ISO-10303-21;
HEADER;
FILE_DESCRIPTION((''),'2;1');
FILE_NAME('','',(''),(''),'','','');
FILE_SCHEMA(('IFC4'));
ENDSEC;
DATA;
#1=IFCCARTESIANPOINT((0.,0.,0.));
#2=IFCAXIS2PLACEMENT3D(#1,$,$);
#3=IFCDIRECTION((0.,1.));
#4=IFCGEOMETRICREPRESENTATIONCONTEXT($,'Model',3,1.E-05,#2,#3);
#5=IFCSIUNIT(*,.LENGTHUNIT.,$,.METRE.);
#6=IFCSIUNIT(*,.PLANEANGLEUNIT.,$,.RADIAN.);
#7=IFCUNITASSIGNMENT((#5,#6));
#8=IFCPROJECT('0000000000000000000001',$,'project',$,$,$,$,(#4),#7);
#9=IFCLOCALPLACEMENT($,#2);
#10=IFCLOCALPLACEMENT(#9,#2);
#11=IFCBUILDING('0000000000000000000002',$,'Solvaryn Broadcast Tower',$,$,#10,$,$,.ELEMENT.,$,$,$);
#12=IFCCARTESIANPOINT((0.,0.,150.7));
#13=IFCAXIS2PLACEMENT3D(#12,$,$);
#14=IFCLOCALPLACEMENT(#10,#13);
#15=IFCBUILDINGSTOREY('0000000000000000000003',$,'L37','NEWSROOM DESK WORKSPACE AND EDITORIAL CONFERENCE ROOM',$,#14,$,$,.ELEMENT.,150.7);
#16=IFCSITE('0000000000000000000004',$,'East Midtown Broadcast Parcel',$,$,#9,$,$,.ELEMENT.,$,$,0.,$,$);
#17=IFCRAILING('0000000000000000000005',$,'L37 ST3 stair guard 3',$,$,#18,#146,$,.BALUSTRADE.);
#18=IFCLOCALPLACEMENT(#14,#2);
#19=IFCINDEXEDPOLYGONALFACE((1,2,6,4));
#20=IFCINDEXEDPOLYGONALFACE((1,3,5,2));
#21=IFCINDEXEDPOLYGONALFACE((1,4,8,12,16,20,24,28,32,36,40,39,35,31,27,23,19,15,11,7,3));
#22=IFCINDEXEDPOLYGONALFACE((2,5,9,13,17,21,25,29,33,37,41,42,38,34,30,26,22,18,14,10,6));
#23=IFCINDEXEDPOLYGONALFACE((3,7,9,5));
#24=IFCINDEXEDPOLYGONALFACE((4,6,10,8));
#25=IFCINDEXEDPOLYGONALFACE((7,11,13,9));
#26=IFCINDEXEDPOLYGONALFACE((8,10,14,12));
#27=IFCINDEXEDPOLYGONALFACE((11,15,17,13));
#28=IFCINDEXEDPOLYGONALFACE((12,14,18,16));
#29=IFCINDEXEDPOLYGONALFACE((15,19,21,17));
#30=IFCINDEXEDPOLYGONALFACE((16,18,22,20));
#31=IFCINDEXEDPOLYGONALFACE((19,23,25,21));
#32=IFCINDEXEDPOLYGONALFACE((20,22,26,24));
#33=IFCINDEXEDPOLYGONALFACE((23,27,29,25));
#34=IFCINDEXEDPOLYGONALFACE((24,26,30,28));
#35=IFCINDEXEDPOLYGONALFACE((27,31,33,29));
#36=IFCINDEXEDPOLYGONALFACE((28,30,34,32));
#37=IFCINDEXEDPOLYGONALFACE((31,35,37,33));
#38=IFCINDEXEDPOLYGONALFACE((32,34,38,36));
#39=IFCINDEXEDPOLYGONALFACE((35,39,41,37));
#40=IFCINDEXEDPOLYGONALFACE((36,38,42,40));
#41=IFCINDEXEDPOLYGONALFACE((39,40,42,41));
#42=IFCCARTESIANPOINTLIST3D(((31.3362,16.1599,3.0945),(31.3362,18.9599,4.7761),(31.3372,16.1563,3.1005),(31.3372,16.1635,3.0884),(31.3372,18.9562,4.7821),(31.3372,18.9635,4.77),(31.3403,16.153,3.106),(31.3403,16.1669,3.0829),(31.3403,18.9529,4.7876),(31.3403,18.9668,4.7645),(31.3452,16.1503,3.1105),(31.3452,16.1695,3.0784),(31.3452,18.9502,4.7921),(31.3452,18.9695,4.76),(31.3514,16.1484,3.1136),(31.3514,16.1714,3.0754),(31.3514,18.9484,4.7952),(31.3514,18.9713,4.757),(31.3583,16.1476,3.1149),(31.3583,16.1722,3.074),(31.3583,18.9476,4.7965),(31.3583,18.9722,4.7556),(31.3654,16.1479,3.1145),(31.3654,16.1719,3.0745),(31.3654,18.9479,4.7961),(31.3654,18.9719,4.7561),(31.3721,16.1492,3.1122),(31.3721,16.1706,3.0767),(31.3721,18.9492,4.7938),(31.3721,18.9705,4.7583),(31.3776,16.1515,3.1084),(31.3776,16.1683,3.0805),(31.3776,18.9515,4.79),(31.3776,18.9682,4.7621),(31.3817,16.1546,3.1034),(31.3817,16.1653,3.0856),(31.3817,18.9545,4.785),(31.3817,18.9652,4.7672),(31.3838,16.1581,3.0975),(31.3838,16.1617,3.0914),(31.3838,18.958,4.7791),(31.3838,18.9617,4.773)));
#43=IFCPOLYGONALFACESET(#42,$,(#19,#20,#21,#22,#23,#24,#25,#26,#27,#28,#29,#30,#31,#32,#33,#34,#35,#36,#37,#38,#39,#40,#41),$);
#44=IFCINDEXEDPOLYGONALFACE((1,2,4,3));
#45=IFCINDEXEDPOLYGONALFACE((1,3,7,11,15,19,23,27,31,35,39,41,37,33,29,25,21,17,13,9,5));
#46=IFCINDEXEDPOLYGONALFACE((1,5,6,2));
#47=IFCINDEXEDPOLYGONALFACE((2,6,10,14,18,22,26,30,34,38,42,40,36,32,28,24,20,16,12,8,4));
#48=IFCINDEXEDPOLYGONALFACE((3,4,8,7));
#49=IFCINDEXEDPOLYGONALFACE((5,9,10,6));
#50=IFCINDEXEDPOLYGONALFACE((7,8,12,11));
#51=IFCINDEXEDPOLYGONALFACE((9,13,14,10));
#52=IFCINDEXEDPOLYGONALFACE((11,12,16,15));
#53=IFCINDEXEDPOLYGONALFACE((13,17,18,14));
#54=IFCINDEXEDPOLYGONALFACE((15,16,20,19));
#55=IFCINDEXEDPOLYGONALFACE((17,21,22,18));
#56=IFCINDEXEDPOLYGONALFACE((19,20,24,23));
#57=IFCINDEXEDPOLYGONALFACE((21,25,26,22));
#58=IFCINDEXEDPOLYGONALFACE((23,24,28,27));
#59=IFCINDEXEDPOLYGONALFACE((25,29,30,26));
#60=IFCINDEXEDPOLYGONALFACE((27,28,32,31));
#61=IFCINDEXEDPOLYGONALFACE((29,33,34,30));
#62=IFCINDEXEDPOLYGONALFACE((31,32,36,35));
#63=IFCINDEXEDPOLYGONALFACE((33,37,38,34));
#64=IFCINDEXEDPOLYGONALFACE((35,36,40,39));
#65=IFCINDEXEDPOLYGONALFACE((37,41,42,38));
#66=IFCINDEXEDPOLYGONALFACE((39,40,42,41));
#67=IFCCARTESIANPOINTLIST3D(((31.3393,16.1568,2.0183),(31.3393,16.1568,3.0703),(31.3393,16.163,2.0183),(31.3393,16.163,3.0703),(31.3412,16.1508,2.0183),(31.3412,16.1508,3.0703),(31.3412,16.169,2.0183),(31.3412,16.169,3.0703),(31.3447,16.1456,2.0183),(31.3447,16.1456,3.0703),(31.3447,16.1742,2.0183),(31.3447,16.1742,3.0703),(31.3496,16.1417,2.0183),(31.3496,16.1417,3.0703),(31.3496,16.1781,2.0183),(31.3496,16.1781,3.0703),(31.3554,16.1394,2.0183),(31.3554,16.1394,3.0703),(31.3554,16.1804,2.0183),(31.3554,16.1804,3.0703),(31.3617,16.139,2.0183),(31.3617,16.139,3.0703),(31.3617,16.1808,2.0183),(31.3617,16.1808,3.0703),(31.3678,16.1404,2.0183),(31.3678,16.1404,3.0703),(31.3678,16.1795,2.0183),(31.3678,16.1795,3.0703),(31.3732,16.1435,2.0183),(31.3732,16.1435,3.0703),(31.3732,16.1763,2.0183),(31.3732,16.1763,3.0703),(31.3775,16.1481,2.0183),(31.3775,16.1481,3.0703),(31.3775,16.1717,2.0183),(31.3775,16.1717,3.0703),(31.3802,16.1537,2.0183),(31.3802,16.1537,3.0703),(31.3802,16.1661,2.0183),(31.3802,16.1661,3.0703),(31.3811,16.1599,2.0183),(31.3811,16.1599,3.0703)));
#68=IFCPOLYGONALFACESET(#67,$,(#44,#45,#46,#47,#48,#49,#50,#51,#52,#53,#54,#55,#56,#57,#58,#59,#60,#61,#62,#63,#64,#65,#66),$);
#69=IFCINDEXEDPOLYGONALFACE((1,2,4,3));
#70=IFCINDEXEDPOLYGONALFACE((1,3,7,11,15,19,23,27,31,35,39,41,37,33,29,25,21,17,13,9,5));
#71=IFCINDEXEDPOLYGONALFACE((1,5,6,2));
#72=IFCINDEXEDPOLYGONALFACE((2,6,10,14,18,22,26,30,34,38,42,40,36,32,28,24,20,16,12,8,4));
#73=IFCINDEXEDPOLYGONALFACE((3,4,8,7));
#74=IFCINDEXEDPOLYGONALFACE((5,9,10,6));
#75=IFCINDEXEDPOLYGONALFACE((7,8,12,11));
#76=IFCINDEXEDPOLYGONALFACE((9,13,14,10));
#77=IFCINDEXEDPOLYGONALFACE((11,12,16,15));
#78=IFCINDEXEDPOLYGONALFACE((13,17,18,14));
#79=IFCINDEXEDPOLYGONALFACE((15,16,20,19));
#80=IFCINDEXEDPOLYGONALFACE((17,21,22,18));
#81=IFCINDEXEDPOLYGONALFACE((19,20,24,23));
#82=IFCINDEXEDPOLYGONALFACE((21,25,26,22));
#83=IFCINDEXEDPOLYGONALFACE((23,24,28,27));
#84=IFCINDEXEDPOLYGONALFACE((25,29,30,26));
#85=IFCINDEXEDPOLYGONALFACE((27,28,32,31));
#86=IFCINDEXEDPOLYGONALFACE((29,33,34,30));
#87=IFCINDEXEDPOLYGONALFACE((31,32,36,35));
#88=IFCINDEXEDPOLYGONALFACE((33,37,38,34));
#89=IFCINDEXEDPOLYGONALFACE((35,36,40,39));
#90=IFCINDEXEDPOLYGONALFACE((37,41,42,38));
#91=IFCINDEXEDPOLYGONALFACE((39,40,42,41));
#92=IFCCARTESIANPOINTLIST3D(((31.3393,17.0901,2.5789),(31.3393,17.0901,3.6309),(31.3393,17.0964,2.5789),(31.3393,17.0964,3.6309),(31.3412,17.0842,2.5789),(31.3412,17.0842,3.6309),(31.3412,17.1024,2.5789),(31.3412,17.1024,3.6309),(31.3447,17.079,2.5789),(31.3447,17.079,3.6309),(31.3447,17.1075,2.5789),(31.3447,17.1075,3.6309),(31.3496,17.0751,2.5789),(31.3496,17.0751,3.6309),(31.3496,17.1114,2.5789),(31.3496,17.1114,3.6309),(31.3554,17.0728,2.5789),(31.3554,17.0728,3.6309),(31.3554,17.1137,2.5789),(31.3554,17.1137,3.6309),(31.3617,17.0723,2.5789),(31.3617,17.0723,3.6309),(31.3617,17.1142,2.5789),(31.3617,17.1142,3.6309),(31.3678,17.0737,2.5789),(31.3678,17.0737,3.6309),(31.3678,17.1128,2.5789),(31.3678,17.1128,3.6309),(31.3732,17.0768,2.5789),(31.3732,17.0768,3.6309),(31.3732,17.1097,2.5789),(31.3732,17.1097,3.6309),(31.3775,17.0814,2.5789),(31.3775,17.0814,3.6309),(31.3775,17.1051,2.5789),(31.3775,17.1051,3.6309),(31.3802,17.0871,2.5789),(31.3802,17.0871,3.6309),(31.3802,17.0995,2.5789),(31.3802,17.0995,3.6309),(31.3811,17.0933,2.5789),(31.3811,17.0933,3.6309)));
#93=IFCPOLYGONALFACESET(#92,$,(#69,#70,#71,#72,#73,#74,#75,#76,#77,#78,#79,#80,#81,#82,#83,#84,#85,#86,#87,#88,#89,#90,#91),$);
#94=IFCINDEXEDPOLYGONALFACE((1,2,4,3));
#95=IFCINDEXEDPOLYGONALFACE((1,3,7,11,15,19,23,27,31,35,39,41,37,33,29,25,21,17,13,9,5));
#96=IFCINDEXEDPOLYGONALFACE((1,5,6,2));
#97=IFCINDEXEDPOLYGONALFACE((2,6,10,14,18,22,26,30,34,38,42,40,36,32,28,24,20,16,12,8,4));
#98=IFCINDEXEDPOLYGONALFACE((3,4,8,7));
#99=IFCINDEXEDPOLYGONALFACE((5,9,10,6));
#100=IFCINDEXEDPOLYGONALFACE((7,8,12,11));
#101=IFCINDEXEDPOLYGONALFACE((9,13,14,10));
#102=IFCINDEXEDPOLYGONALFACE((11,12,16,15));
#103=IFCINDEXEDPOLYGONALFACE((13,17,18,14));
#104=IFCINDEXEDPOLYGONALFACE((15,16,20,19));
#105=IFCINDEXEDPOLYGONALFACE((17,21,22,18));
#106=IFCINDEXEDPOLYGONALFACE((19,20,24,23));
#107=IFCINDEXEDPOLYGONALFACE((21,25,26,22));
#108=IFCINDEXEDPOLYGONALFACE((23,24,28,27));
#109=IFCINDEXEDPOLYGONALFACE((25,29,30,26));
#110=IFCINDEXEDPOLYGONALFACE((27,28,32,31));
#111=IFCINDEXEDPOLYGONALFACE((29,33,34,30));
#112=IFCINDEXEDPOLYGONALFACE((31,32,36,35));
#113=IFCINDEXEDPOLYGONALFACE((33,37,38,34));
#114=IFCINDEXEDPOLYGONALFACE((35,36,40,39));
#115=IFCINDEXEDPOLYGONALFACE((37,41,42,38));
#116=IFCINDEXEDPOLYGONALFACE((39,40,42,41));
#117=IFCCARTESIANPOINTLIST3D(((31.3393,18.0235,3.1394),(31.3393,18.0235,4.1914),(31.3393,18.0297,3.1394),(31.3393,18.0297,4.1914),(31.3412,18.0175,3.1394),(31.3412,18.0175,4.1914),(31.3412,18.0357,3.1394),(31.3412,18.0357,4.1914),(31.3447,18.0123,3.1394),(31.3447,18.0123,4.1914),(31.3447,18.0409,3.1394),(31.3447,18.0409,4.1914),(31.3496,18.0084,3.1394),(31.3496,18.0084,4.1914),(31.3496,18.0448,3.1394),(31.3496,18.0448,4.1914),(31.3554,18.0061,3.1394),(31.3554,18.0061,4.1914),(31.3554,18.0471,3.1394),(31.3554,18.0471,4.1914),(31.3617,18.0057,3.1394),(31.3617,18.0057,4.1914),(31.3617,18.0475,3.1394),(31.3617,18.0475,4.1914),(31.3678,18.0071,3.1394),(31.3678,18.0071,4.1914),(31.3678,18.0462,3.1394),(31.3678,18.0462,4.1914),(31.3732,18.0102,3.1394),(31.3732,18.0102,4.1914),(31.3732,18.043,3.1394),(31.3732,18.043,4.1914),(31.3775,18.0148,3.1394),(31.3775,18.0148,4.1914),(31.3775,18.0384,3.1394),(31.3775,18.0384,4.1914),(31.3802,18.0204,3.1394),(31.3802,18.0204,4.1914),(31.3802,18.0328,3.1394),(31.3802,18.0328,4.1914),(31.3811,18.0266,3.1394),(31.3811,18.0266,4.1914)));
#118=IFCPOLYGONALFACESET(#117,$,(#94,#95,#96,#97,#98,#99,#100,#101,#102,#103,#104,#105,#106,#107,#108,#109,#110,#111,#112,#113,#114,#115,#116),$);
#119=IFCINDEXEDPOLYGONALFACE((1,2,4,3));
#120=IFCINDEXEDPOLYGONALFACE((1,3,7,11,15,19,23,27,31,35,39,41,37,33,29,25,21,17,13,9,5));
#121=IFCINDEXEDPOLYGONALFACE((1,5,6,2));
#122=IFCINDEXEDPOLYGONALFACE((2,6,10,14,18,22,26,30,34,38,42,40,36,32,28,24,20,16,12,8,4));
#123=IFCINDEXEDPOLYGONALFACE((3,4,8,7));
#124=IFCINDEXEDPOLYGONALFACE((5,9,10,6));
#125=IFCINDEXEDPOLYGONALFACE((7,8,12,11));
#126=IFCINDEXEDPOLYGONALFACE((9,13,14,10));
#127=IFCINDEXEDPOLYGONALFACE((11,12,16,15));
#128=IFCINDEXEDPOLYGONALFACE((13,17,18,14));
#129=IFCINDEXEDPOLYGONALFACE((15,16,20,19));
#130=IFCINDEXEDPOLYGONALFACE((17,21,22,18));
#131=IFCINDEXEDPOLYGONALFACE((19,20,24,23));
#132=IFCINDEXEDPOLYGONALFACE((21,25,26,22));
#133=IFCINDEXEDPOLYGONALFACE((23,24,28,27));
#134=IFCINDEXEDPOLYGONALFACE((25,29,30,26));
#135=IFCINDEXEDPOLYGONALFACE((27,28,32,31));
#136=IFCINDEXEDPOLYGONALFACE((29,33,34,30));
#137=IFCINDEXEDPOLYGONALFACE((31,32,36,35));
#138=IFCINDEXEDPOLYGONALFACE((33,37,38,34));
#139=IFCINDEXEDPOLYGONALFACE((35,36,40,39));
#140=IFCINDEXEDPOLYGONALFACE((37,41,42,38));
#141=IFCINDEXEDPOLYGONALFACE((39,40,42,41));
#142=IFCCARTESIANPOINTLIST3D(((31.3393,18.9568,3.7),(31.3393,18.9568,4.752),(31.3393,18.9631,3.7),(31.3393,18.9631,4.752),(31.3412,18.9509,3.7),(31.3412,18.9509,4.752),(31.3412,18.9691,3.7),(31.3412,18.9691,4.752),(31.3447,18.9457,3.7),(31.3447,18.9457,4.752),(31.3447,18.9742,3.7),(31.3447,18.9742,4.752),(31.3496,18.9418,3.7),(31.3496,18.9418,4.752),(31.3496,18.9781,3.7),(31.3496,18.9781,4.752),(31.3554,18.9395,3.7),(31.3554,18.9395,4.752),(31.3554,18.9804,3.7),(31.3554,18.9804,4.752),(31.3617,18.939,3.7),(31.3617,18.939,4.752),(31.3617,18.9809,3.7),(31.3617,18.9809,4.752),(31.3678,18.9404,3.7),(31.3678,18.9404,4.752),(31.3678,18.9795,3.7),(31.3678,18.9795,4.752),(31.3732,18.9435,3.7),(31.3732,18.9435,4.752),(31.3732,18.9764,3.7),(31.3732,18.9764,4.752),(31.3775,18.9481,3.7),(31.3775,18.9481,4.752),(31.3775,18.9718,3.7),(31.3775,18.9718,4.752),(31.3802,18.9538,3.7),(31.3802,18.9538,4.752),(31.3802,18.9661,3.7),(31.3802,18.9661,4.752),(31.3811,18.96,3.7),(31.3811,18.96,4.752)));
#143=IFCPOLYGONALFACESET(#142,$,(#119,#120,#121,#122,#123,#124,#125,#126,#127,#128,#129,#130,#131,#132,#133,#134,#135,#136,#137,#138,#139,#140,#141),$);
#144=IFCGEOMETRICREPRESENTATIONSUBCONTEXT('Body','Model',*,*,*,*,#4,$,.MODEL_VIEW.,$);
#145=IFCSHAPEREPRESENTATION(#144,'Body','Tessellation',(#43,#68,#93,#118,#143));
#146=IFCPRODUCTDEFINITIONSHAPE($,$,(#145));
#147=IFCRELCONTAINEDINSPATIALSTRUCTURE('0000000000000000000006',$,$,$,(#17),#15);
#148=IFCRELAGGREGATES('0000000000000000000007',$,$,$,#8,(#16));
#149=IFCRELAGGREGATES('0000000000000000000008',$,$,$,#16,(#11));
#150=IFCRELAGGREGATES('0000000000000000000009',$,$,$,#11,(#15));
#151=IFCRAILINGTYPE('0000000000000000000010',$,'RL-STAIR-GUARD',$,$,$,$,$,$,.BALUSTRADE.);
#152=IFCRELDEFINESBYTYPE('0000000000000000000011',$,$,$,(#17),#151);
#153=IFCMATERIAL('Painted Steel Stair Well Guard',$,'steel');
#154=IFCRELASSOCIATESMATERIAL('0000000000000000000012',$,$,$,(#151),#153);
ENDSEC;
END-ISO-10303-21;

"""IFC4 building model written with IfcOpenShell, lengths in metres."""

from ifc_helpers import new_model, si_unit, direction, frame, origin, origin_2d, place, context, subcontext, project, spatial, circle, extrude, material, type_object, element, save


model = new_model("IFC4")

# Units and contexts
model_context = context("Model", 3, precision=1e-05, world=origin(), true_north=direction((0.0, 1.0)))
body_context = subcontext(model_context, "Body", "Model", "MODEL_VIEW")
ifc_project = project(units=[si_unit("LENGTHUNIT", "METRE"), si_unit("PLANEANGLEUNIT", "RADIAN")], contexts=[model_context])

# Site, building, storey
site_placement = place(None, origin())
site = spatial("IfcSite", under=ifc_project, at=site_placement, Name="East Midtown Broadcast Parcel", CompositionType="ELEMENT", RefElevation=0.0)
building_placement = place(site_placement, origin())
building = spatial("IfcBuilding", under=site, at=building_placement, Name="Solvaryn Broadcast Tower", CompositionType="ELEMENT")
storey_placement = place(building_placement, frame((0.0, 0.0, 150.7)))
storey = spatial("IfcBuildingStorey", under=building, at=storey_placement, Name="L37", Description="NEWSROOM DESK WORKSPACE AND EDITORIAL CONFERENCE ROOM", CompositionType="ELEMENT", Elevation=150.7)

# Railing
ifc_material_1 = material(Name="Painted Steel Stair Well Guard", Category="steel")
railing_type_1 = type_object("IfcRailingType", Name="RL-STAIR-GUARD", PredefinedType="BALUSTRADE", material=ifc_material_1)
railing_1_placement = place(storey_placement, frame((31.3601, 16.1599, 2.0183)))
element("IfcRailing", 1, at=railing_1_placement, inside=storey, type_object=railing_type_1, Name="L37 ST3 stair guard 3", PredefinedType="BALUSTRADE", context=body_context, shape_type="SweptSolid", body=[
    extrude(circle(Radius=0.0239, at=origin_2d()), frame((0.0, 0.0, 1.0762), z_axis=(0.0, 0.857275, 0.514858), x_axis=(-1.0, 0.0, 0.0)), (0.0, 0.0, 1.0), 3.2661),
    extrude(circle(Radius=0.021, at=origin_2d()), origin(), (0.0, 0.0, 1.0), 1.052),
    extrude(circle(Radius=0.021, at=origin_2d()), frame((0.0, 0.9333, 0.5605)), (0.0, 0.0, 1.0), 1.052),
    extrude(circle(Radius=0.021, at=origin_2d()), frame((0.0, 1.8667, 1.1211)), (0.0, 0.0, 1.0), 1.052),
    extrude(circle(Radius=0.021, at=origin_2d()), frame((0.0, 2.8, 1.6816)), (0.0, 0.0, 1.0), 1.052),
])

save(model, "model.ifc")
